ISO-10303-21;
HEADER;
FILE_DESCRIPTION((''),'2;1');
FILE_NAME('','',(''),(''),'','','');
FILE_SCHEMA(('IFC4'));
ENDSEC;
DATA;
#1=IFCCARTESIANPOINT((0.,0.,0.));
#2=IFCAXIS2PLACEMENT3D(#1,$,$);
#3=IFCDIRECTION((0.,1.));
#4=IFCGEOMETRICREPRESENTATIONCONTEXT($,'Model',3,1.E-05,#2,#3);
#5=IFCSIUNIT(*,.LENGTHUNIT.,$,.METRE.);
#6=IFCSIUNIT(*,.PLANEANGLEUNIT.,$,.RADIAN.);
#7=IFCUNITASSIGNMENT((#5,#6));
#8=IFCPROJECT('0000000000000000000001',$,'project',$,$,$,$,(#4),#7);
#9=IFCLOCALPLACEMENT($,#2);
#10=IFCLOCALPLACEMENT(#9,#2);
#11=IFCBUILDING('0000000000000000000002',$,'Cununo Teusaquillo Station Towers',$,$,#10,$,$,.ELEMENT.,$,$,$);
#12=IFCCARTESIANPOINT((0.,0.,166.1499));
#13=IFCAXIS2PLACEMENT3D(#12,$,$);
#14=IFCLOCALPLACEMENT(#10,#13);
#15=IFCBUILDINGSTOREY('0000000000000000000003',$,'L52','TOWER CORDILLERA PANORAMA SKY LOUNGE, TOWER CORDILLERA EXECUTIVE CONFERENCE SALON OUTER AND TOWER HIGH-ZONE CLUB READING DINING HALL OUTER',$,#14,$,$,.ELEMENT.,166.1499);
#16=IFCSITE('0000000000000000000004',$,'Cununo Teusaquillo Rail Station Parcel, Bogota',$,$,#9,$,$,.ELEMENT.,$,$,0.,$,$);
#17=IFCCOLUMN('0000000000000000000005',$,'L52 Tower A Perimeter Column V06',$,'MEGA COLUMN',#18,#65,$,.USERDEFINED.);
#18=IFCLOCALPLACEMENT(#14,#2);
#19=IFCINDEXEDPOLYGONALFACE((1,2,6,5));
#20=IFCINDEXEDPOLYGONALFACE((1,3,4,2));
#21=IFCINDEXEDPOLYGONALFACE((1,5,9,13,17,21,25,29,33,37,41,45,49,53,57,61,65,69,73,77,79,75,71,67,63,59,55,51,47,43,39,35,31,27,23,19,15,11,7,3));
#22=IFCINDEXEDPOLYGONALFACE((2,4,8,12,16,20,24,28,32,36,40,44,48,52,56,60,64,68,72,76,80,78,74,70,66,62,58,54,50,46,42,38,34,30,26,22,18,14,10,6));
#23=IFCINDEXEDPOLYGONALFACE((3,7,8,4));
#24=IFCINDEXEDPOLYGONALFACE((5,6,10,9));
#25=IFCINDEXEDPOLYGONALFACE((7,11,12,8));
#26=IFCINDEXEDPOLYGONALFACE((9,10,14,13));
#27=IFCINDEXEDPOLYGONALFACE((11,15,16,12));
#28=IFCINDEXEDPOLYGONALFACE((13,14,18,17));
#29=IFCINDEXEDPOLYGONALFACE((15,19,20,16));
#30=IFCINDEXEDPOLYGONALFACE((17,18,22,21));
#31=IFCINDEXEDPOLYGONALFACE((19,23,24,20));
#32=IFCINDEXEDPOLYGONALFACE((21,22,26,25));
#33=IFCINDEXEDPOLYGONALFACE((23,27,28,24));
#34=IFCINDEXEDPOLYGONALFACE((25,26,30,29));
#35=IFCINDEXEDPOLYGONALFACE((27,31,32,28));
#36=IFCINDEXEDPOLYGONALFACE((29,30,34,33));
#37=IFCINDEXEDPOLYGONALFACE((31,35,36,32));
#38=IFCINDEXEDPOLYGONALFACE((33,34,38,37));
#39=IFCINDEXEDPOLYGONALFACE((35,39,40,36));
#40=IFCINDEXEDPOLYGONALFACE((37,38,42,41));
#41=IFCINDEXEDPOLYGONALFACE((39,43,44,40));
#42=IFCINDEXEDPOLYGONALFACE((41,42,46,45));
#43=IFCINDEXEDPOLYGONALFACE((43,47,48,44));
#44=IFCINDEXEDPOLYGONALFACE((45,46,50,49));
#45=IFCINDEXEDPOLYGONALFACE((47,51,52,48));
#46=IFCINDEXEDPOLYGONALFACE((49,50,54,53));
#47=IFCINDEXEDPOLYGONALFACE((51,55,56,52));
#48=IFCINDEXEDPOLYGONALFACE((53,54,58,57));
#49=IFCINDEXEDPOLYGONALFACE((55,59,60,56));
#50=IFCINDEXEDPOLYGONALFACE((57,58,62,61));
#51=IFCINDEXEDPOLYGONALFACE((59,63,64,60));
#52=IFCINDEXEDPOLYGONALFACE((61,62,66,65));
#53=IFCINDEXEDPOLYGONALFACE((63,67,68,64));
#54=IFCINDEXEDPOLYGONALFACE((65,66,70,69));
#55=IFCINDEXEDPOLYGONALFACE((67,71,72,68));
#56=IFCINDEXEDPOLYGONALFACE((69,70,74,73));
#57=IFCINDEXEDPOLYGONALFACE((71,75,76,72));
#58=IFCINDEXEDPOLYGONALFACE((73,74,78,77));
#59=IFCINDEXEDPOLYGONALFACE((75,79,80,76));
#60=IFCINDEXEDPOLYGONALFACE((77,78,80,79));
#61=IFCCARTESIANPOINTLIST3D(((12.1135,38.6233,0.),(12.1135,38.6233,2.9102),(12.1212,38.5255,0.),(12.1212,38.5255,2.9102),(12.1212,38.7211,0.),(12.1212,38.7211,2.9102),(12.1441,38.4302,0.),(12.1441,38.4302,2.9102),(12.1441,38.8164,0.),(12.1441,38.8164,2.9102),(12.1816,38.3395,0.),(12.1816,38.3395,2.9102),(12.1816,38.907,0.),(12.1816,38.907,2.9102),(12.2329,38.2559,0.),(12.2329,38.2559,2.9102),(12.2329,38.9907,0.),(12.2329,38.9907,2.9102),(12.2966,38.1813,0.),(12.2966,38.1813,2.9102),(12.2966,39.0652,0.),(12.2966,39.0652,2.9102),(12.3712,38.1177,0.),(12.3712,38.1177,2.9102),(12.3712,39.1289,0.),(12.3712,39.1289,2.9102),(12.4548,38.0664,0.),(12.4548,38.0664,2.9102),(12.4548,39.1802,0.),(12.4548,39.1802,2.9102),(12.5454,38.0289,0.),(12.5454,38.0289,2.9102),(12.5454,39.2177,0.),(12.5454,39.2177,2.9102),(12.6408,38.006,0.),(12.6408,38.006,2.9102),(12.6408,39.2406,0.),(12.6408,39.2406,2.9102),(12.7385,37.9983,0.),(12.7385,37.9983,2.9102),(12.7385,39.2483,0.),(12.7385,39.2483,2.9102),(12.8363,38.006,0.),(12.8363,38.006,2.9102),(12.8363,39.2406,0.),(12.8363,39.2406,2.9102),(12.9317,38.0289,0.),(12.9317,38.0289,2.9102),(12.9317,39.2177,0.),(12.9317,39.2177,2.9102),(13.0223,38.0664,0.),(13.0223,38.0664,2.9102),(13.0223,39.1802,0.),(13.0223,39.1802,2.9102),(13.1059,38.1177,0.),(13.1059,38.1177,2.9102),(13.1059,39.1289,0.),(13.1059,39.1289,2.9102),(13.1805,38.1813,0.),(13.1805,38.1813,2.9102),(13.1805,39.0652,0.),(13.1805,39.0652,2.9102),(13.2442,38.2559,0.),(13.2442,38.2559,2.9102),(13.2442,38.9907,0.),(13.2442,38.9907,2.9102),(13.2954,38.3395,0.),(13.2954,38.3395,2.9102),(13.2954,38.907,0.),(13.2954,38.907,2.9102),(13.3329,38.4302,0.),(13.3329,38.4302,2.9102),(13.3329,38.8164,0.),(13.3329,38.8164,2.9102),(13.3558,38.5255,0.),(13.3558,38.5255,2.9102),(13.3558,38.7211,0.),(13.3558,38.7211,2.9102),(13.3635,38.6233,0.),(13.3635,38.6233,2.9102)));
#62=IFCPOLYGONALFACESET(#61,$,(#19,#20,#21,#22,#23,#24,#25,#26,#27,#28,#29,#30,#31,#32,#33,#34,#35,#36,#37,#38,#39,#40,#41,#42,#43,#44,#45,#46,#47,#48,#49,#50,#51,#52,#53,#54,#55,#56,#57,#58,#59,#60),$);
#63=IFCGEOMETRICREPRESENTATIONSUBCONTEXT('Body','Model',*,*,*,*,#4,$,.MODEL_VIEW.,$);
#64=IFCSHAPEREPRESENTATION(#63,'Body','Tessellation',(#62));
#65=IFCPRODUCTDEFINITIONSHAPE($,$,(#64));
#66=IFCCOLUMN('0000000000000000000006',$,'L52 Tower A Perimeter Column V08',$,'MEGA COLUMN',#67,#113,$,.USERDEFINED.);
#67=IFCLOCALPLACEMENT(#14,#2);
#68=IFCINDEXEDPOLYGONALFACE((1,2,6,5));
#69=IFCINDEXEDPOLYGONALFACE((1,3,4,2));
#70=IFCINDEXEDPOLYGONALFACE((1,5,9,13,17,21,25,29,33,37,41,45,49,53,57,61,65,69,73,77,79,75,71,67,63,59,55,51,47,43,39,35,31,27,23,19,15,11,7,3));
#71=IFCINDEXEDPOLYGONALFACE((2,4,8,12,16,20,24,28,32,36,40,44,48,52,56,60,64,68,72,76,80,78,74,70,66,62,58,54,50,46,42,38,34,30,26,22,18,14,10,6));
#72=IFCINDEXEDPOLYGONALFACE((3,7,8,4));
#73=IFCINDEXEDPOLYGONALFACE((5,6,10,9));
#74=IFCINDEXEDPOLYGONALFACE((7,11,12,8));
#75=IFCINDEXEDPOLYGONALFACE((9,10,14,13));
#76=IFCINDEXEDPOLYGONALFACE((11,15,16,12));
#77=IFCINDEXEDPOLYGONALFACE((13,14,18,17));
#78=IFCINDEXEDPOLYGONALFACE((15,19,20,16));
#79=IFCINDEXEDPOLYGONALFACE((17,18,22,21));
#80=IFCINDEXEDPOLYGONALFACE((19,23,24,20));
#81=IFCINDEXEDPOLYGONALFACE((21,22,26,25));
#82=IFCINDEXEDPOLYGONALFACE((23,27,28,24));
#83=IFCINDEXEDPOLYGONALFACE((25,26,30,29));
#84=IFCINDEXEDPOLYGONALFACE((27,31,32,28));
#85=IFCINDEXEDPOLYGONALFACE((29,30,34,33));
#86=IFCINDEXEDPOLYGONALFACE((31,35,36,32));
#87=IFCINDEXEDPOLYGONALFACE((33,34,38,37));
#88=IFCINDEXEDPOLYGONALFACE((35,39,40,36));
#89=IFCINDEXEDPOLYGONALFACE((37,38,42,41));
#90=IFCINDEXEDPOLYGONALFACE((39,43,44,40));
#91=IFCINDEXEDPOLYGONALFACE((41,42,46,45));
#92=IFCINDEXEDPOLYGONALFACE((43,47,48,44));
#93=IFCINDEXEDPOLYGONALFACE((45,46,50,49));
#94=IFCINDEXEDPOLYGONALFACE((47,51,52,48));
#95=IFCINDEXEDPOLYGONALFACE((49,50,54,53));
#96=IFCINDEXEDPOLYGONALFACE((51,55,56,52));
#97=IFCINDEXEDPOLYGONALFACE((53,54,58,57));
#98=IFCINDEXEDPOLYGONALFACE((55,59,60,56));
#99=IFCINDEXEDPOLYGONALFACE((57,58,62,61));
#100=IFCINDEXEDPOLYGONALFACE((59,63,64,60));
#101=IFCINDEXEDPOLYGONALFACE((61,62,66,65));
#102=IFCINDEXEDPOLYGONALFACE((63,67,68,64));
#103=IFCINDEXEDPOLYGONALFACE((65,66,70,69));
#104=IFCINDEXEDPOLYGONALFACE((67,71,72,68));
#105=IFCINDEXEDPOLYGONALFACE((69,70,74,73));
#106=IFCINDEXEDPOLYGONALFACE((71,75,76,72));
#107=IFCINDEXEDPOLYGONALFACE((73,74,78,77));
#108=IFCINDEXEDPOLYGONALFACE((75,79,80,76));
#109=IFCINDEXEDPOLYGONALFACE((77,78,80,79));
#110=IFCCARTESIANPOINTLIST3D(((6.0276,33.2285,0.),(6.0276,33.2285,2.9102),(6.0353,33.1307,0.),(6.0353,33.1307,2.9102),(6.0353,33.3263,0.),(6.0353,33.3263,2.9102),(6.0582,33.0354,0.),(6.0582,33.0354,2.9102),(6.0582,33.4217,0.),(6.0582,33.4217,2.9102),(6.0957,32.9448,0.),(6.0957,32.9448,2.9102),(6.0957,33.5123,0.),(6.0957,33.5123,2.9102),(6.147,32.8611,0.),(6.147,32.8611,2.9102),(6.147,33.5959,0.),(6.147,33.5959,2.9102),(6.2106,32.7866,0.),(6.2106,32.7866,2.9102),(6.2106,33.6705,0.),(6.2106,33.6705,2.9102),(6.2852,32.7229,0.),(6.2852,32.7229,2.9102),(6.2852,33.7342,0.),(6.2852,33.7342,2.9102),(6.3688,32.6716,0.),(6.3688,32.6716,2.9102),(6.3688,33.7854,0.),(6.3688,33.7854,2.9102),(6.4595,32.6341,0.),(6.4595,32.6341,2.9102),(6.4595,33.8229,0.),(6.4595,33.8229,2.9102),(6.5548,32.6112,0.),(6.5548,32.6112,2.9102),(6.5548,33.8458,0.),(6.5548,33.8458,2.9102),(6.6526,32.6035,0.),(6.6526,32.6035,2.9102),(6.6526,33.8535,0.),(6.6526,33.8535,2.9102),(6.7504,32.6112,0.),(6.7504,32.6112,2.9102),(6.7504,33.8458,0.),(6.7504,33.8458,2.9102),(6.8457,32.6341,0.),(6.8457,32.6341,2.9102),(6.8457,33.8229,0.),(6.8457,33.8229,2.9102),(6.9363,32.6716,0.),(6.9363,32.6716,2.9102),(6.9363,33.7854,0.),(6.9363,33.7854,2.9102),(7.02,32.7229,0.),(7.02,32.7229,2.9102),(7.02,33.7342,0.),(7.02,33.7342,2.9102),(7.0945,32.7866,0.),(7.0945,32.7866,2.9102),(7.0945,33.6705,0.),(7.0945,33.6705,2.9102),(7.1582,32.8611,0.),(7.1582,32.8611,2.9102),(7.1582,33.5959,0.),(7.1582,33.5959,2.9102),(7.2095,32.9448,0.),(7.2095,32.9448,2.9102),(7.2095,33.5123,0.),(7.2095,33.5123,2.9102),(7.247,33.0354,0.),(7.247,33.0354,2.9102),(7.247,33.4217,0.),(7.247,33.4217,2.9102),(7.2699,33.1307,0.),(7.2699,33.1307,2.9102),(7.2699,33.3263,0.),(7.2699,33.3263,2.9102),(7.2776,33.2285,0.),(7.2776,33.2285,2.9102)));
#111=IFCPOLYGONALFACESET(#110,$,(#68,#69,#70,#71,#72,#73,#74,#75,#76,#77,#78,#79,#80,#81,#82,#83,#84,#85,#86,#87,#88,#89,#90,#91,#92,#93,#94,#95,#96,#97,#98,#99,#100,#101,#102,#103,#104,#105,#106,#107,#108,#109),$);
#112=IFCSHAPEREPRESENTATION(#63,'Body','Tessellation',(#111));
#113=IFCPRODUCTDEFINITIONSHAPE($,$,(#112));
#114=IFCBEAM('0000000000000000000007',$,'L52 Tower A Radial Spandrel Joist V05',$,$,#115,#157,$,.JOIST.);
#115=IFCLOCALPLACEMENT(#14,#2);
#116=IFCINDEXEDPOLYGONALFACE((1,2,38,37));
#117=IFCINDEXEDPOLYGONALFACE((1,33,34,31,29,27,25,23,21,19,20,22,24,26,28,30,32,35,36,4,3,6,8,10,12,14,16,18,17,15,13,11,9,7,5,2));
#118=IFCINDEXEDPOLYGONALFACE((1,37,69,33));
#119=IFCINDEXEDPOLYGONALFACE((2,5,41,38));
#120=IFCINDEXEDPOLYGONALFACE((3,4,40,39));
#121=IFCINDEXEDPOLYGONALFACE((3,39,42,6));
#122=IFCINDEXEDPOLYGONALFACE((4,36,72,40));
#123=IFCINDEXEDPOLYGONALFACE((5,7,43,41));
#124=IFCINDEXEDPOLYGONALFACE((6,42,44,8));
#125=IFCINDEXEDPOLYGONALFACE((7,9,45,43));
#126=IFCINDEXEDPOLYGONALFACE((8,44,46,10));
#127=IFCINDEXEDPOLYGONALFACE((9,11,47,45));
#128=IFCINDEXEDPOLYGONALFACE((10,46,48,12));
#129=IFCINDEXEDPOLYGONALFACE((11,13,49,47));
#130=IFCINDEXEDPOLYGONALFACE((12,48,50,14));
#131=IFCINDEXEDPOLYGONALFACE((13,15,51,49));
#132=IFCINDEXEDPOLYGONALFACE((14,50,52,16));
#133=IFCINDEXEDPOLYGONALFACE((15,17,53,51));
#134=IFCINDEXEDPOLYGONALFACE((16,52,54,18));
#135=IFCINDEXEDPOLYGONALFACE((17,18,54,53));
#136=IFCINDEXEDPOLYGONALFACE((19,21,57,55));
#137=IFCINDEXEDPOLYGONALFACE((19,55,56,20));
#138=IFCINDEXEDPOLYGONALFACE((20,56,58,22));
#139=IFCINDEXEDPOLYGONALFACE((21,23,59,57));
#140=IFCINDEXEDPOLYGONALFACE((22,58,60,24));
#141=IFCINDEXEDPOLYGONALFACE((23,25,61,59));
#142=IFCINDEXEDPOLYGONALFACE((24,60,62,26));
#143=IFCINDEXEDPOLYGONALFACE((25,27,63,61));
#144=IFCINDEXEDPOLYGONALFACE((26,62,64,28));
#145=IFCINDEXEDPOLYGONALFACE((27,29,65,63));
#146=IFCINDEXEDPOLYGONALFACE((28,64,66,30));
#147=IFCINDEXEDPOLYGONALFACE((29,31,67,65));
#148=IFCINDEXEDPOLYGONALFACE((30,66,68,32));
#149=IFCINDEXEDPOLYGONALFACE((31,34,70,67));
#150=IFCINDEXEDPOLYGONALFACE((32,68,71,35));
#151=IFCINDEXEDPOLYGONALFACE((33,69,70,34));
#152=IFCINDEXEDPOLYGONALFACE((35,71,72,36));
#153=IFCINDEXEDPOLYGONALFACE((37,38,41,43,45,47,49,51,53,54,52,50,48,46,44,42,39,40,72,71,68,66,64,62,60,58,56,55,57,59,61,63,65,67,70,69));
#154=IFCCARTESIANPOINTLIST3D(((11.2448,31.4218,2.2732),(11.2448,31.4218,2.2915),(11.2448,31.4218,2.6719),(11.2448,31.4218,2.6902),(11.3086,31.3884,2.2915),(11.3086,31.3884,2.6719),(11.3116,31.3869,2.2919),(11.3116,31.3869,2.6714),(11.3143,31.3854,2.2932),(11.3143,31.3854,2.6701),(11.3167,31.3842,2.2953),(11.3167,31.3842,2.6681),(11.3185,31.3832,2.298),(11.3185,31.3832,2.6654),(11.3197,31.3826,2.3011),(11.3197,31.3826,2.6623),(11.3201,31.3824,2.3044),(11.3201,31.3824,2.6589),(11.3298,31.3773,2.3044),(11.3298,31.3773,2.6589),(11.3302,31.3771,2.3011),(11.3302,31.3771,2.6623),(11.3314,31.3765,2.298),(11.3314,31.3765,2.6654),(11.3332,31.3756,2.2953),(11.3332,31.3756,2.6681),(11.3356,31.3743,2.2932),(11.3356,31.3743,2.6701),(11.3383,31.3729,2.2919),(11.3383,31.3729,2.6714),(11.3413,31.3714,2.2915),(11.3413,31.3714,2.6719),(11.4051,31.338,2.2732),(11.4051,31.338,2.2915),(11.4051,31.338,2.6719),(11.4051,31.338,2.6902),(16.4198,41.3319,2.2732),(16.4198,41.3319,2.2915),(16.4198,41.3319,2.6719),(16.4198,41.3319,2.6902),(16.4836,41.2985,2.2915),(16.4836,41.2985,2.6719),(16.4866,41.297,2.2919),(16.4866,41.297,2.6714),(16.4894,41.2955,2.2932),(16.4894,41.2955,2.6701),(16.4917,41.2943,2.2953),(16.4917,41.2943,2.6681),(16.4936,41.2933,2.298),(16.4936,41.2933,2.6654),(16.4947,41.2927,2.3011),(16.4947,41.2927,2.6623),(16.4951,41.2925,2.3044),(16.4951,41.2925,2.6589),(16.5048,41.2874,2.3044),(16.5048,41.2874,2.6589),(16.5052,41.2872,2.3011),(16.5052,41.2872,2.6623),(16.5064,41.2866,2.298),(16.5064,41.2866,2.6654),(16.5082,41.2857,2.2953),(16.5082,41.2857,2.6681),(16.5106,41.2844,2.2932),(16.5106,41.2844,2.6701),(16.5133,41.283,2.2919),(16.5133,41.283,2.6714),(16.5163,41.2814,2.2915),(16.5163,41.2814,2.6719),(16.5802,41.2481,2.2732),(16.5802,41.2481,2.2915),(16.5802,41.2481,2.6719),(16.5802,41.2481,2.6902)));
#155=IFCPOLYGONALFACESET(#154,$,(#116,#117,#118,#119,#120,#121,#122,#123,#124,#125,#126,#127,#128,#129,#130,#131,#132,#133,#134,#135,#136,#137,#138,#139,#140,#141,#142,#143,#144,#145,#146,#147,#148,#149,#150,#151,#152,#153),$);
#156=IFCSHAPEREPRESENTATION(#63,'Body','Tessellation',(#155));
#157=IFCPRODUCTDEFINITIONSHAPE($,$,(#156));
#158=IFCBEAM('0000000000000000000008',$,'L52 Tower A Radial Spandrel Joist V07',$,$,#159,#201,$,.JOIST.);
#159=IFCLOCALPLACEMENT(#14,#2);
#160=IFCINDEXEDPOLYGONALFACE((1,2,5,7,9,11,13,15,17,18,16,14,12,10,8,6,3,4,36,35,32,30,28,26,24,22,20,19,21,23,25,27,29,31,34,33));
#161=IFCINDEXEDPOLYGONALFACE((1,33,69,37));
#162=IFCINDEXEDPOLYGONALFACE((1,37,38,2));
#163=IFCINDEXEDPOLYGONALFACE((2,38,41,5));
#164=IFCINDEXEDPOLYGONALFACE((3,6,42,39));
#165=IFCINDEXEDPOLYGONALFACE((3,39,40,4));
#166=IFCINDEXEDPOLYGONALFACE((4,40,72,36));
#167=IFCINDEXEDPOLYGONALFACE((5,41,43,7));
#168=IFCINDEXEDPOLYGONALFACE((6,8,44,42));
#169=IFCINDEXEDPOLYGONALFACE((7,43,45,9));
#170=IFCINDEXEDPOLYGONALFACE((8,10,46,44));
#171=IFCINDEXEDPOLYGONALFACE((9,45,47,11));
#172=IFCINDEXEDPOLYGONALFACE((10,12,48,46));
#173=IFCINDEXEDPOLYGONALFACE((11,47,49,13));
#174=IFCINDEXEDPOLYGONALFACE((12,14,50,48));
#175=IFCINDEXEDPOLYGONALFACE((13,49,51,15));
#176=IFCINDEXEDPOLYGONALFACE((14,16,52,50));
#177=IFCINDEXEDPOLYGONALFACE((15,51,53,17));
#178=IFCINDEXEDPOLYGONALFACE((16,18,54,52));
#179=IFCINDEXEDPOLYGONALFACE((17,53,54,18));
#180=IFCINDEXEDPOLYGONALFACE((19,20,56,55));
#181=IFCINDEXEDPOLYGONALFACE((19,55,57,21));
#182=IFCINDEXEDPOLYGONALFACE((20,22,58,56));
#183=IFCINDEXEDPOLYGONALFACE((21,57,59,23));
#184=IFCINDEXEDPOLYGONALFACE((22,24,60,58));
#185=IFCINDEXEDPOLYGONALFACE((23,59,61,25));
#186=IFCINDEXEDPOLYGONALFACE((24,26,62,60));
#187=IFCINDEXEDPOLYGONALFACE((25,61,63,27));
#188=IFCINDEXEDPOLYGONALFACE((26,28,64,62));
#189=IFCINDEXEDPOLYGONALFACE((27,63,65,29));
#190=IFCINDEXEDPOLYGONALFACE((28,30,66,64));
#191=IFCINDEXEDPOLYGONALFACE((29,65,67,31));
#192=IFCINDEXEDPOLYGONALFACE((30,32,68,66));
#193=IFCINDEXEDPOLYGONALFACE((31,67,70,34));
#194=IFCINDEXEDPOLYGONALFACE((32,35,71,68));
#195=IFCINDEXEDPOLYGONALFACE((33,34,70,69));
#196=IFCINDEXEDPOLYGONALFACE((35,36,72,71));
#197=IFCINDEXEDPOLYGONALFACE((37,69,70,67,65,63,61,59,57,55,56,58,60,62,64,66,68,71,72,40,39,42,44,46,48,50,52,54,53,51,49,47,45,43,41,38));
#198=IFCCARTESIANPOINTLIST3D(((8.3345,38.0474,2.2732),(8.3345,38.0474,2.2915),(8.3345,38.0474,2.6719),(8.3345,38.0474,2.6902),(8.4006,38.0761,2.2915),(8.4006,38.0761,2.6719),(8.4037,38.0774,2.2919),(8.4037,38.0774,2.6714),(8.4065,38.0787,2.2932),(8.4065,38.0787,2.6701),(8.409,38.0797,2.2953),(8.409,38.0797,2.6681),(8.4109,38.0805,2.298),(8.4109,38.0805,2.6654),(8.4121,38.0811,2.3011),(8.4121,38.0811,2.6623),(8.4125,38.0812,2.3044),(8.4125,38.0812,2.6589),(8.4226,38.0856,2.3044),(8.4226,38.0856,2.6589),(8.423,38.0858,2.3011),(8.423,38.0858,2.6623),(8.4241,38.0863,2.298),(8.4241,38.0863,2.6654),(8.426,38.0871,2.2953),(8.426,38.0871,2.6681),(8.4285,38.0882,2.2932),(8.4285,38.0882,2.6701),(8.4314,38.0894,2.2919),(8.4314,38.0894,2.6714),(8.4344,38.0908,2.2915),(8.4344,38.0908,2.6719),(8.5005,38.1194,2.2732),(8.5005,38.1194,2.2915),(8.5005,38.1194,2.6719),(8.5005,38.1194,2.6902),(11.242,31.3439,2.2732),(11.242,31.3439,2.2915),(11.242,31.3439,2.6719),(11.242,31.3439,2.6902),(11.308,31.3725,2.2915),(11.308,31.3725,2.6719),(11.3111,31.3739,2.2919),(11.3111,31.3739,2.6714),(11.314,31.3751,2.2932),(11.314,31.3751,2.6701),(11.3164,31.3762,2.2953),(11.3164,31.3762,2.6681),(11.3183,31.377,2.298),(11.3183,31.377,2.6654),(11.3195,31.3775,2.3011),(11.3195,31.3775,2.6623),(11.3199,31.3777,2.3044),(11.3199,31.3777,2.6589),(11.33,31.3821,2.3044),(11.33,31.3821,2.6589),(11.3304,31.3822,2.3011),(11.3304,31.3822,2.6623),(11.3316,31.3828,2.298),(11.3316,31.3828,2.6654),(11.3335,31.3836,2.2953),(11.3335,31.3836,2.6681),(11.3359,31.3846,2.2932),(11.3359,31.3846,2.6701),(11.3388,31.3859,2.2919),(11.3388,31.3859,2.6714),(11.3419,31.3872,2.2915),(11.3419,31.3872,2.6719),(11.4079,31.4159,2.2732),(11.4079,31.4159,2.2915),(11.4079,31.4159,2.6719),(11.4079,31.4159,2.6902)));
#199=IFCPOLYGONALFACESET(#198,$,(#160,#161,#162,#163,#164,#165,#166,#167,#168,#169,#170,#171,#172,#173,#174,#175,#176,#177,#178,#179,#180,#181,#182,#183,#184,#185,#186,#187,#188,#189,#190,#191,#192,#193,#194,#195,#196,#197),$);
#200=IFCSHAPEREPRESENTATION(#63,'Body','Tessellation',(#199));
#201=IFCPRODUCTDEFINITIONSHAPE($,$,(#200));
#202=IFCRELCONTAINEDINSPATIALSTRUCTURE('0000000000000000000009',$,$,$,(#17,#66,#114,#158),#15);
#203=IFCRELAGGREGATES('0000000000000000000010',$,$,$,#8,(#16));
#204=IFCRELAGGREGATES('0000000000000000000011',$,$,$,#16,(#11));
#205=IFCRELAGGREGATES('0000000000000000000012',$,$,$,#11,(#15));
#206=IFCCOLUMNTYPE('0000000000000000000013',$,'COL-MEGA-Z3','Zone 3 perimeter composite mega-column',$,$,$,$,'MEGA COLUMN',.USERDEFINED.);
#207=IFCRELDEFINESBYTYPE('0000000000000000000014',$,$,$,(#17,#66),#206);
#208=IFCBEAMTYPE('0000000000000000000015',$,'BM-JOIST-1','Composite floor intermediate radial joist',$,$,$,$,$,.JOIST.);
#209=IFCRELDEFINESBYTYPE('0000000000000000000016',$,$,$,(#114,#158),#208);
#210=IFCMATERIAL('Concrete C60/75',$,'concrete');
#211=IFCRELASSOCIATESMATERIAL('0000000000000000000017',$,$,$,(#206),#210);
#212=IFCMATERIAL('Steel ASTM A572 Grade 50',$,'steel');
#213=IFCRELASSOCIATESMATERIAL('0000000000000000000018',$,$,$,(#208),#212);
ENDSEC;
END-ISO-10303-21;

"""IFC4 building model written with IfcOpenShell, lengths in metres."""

from ifc_helpers import new_model, si_unit, direction, frame, origin, origin_2d, place, context, subcontext, project, spatial, circle, i_section, extrude, material, material_profile, profile_set, type_object, element, save


model = new_model("IFC4")

# Units and contexts
model_context = context("Model", 3, precision=1e-05, world=origin(), true_north=direction((0.0, 1.0)))
body_context = subcontext(model_context, "Body", "Model", "MODEL_VIEW")
ifc_project = project(units=[si_unit("LENGTHUNIT", "METRE"), si_unit("PLANEANGLEUNIT", "RADIAN")], contexts=[model_context])

# Site, building, storey
site_placement = place(None, origin())
site = spatial("IfcSite", under=ifc_project, at=site_placement, Name="Cununo Teusaquillo Rail Station Parcel, Bogota", CompositionType="ELEMENT", RefElevation=0.0)
building_placement = place(site_placement, origin())
building = spatial("IfcBuilding", under=site, at=building_placement, Name="Cununo Teusaquillo Station Towers", CompositionType="ELEMENT")
storey_placement = place(building_placement, frame((0.0, 0.0, 166.1499)))
storey = spatial("IfcBuildingStorey", under=building, at=storey_placement, Name="L52", Description="TOWER CORDILLERA PANORAMA SKY LOUNGE, TOWER CORDILLERA EXECUTIVE CONFERENCE SALON OUTER AND TOWER HIGH-ZONE CLUB READING DINING HALL OUTER", CompositionType="ELEMENT", Elevation=166.1499)

# Columns
ifc_material_1 = material(Name="Concrete C60/75", Category="concrete")
ifc_material_profile_1 = material_profile(ifc_material_1, circle(Radius=0.625, at=origin_2d()), Name="RC-CIRC-1250")
ifc_profile_set_1 = profile_set([ifc_material_profile_1], Name="Concrete C60/75")
column_type = type_object("IfcColumnType", Name="COL-MEGA-Z3", Description="Zone 3 perimeter composite mega-column", ElementType="MEGA COLUMN", PredefinedType="USERDEFINED", material=ifc_profile_set_1)
for number, where, z_axis, x_axis, name in (
    (1, (12.7385, 38.6233, 0.0), (0.0, 0.0, 1.0), (1.0, 0.0, 0.0), "L52 Tower A Perimeter Column V06"),
    (2, (6.6526, 33.2285, 0.0), (0.0, 0.0, 1.0), (1.0, 0.0, 0.0), "L52 Tower A Perimeter Column V08"),
):
    element("IfcColumn", number, at=place(storey_placement, frame(where, z_axis=z_axis, x_axis=x_axis)), inside=storey, type_object=column_type, Name=name, ObjectType="MEGA COLUMN", PredefinedType="USERDEFINED", context=body_context, shape_type="SweptSolid", body=[
        extrude(circle(Radius=0.625, at=origin_2d()), origin(), (0.0, 0.0, 1.0), 2.9102),
    ])

# Beams
ifc_material_2 = material(Name="Steel ASTM A572 Grade 50", Category="steel")
ifc_material_profile_2 = material_profile(ifc_material_2, i_section(OverallWidth=0.1809, OverallDepth=0.417, WebThickness=0.011, FlangeThickness=0.0183, FilletRadius=0.0129, at=origin_2d()), Name="W16X57")
ifc_profile_set_2 = profile_set([ifc_material_profile_2], Name="Steel ASTM A572 Grade 50")
beam_type_1 = type_object("IfcBeamType", Name="BM-JOIST-1", Description="Composite floor intermediate radial joist", PredefinedType="JOIST", material=ifc_profile_set_2)
beam_1_placement = place(storey_placement, frame((11.325, 31.3799, 2.4817), z_axis=(0.462885, 0.886419, 0.0), x_axis=(-0.886419, 0.462885, 0.0)))
element("IfcBeam", 3, at=beam_1_placement, inside=storey, type_object=beam_type_1, Name="L52 Tower A Radial Spandrel Joist V05", PredefinedType="JOIST", context=body_context, shape_type="SweptSolid", body=[
    extrude(i_section(OverallWidth=0.1809, OverallDepth=0.417, WebThickness=0.011, FlangeThickness=0.0183, FilletRadius=0.0129, at=origin_2d()), origin(), (0.0, 0.0, 1.0), 11.1799),
])
beam_2_placement = place(storey_placement, frame((11.325, 31.3799, 2.4817), z_axis=(-0.397904, 0.917427, 0.0), x_axis=(-0.917427, -0.397904, 0.0)))
element("IfcBeam", 4, at=beam_2_placement, inside=storey, type_object=beam_type_1, Name="L52 Tower A Radial Spandrel Joist V07", PredefinedType="JOIST", context=body_context, shape_type="SweptSolid", body=[
    extrude(i_section(OverallWidth=0.1809, OverallDepth=0.417, WebThickness=0.011, FlangeThickness=0.0183, FilletRadius=0.0129, at=origin_2d()), origin(), (0.0, 0.0, 1.0), 7.3069),
])

save(model, "model.ifc")
